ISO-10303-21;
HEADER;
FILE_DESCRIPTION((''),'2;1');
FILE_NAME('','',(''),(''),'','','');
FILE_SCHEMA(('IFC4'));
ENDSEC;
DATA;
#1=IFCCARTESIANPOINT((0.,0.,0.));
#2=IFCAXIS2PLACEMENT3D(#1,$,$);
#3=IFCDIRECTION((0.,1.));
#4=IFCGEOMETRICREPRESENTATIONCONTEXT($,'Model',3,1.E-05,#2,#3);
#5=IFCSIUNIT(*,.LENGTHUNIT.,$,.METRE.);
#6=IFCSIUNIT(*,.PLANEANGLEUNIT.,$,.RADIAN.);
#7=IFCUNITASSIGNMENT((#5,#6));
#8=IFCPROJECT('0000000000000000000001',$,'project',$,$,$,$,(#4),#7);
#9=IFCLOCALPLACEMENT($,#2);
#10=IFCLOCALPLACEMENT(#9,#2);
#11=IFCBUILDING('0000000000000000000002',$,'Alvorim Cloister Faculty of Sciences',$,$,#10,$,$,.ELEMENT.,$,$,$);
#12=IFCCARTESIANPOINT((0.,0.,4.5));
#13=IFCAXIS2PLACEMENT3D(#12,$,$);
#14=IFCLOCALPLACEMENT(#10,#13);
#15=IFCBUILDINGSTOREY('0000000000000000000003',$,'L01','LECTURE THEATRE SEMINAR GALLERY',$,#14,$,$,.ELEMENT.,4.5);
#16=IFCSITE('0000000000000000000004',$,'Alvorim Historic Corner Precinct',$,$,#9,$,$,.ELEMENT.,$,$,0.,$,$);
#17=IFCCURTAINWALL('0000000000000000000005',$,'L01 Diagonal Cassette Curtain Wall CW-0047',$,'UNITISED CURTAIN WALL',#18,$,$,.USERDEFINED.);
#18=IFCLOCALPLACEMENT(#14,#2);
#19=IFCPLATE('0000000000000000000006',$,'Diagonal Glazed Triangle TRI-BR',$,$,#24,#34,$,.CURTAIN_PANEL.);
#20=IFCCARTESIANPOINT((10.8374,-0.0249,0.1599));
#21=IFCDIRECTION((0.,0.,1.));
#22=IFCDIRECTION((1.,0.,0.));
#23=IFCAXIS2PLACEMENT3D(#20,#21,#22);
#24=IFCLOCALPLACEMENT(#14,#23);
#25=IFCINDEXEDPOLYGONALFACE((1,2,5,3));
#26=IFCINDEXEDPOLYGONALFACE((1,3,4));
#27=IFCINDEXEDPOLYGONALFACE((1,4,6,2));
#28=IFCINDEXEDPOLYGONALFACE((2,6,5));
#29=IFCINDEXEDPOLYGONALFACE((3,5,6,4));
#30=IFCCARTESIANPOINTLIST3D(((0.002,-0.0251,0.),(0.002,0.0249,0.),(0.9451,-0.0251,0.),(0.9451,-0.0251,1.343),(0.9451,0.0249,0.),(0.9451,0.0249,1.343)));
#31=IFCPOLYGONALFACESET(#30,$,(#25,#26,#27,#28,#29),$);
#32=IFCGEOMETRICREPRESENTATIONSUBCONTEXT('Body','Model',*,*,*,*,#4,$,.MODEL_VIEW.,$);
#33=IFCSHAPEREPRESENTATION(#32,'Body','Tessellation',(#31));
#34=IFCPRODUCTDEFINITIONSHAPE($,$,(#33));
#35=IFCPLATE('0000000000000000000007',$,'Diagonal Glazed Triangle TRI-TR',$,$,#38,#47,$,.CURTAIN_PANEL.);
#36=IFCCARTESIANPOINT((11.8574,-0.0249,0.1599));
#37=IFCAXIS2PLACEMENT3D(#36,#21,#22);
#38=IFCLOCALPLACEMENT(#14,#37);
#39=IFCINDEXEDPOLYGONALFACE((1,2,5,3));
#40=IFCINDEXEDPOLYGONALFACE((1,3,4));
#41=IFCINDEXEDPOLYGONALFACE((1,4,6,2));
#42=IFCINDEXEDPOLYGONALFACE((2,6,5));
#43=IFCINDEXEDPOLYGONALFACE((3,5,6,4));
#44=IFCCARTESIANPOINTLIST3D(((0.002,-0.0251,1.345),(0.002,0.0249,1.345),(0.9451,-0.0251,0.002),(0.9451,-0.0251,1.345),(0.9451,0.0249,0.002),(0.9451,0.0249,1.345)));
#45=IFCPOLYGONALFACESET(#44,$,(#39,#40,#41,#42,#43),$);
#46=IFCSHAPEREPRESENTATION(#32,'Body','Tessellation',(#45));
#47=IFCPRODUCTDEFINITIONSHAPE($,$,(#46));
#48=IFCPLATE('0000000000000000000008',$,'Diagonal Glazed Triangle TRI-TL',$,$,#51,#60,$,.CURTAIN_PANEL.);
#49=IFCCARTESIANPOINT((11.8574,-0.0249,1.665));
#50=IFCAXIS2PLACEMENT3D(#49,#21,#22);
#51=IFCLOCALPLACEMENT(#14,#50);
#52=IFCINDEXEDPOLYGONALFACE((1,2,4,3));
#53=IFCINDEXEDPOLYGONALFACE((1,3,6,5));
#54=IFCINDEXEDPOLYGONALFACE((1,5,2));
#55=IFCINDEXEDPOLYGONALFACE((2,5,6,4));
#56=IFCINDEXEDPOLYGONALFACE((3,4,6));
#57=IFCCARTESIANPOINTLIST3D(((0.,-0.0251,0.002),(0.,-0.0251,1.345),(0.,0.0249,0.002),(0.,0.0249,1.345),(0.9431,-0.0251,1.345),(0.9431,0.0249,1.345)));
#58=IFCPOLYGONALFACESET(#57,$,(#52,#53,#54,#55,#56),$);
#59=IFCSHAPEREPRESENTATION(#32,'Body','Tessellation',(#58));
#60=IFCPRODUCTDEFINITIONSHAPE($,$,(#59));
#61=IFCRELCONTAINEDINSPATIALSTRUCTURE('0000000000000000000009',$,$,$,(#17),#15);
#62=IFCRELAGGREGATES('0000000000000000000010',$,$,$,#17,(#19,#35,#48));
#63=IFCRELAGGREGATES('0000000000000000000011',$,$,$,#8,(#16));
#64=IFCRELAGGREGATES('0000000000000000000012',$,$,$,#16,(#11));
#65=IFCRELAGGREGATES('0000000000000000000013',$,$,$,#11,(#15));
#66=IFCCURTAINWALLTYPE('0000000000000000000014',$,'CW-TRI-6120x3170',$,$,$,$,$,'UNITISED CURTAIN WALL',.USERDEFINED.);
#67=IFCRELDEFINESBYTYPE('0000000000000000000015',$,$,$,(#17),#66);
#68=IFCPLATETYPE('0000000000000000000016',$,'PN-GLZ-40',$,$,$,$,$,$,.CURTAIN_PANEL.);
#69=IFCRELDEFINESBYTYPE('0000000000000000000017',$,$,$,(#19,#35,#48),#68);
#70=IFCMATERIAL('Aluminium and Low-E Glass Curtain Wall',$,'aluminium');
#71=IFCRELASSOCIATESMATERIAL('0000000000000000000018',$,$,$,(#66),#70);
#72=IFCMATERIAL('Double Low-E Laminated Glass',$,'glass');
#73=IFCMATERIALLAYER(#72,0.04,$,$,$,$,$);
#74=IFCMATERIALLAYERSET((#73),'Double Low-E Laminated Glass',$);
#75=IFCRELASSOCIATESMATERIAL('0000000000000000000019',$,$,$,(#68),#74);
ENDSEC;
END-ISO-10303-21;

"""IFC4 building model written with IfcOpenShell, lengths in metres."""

from ifc_helpers import new_model, si_unit, direction, frame, origin, place, context, subcontext, project, spatial, polyline, outline, extrude, material, layer, layer_set, type_object, element, aggregate, save


model = new_model("IFC4")

# Units and contexts
model_context = context("Model", 3, precision=1e-05, world=origin(), true_north=direction((0.0, 1.0)))
body_context = subcontext(model_context, "Body", "Model", "MODEL_VIEW")
ifc_project = project(units=[si_unit("LENGTHUNIT", "METRE"), si_unit("PLANEANGLEUNIT", "RADIAN")], contexts=[model_context])

# Site, building, storey
site_placement = place(None, origin())
site = spatial("IfcSite", under=ifc_project, at=site_placement, Name="Alvorim Historic Corner Precinct", CompositionType="ELEMENT", RefElevation=0.0)
building_placement = place(site_placement, origin())
building = spatial("IfcBuilding", under=site, at=building_placement, Name="Alvorim Cloister Faculty of Sciences", CompositionType="ELEMENT")
storey_placement = place(building_placement, frame((0.0, 0.0, 4.5)))
storey = spatial("IfcBuildingStorey", under=building, at=storey_placement, Name="L01", Description="LECTURE THEATRE SEMINAR GALLERY", CompositionType="ELEMENT", Elevation=4.5)

# Curtain wall, plates
ifc_material_1 = material(Name="Aluminium and Low-E Glass Curtain Wall", Category="aluminium")
curtain_wall_type = type_object("IfcCurtainWallType", Name="CW-TRI-6120x3170", ElementType="UNITISED CURTAIN WALL", PredefinedType="USERDEFINED", material=ifc_material_1)
curtain_wall_placement = place(storey_placement, origin())
curtain_wall = element("IfcCurtainWall", 1, at=curtain_wall_placement, inside=storey, type_object=curtain_wall_type, Name="L01 Diagonal Cassette Curtain Wall CW-0047", ObjectType="UNITISED CURTAIN WALL", PredefinedType="USERDEFINED")
ifc_material_2 = material(Name="Double Low-E Laminated Glass", Category="glass")
ifc_layer_1 = layer(ifc_material_2, 0.04)
ifc_layer_set_1 = layer_set([ifc_layer_1], Name="Double Low-E Laminated Glass")
plate_type = type_object("IfcPlateType", Name="PN-GLZ-40", PredefinedType="CURTAIN_PANEL", material=ifc_layer_set_1)
plate_1_placement = place(storey_placement, frame((10.8374, -0.0249, 0.1599), z_axis=(0.0, 0.0, 1.0), x_axis=(1.0, 0.0, 0.0)))
plate_1 = element("IfcPlate", 2, at=plate_1_placement, type_object=plate_type, Name="Diagonal Glazed Triangle TRI-BR", PredefinedType="CURTAIN_PANEL", context=body_context, shape_type="SweptSolid", body=[
    extrude(outline(polyline([(0.002, 0.0), (0.9451, 0.0), (0.9451, 1.343), (0.002, 0.0)])), frame((0.0, 0.0249, 0.0), z_axis=(0.0, -1.0, 0.0), x_axis=(1.0, 0.0, 0.0)), (0.0, 0.0, 1.0), 0.05),
])
plate_2_placement = place(storey_placement, frame((11.8574, -0.0249, 0.1599), z_axis=(0.0, 0.0, 1.0), x_axis=(1.0, 0.0, 0.0)))
plate_2 = element("IfcPlate", 3, at=plate_2_placement, type_object=plate_type, Name="Diagonal Glazed Triangle TRI-TR", PredefinedType="CURTAIN_PANEL", context=body_context, shape_type="SweptSolid", body=[
    extrude(outline(polyline([(0.9451, 0.002), (0.9451, 1.345), (0.002, 1.345), (0.9451, 0.002)])), frame((0.0, 0.0249, 0.0), z_axis=(0.0, -1.0, 0.0), x_axis=(1.0, 0.0, 0.0)), (0.0, 0.0, 1.0), 0.05),
])
plate_3_placement = place(storey_placement, frame((11.8574, -0.0249, 1.665), z_axis=(0.0, 0.0, 1.0), x_axis=(1.0, 0.0, 0.0)))
plate_3 = element("IfcPlate", 4, at=plate_3_placement, type_object=plate_type, Name="Diagonal Glazed Triangle TRI-TL", PredefinedType="CURTAIN_PANEL", context=body_context, shape_type="SweptSolid", body=[
    extrude(outline(polyline([(0.9431, 1.345), (0.0, 1.345), (0.0, 0.002), (0.9431, 1.345)])), frame((0.0, 0.0249, 0.0), z_axis=(0.0, -1.0, 0.0), x_axis=(1.0, 0.0, 0.0)), (0.0, 0.0, 1.0), 0.05),
])
aggregate(curtain_wall, [plate_1, plate_2, plate_3])

save(model, "model.ifc")
